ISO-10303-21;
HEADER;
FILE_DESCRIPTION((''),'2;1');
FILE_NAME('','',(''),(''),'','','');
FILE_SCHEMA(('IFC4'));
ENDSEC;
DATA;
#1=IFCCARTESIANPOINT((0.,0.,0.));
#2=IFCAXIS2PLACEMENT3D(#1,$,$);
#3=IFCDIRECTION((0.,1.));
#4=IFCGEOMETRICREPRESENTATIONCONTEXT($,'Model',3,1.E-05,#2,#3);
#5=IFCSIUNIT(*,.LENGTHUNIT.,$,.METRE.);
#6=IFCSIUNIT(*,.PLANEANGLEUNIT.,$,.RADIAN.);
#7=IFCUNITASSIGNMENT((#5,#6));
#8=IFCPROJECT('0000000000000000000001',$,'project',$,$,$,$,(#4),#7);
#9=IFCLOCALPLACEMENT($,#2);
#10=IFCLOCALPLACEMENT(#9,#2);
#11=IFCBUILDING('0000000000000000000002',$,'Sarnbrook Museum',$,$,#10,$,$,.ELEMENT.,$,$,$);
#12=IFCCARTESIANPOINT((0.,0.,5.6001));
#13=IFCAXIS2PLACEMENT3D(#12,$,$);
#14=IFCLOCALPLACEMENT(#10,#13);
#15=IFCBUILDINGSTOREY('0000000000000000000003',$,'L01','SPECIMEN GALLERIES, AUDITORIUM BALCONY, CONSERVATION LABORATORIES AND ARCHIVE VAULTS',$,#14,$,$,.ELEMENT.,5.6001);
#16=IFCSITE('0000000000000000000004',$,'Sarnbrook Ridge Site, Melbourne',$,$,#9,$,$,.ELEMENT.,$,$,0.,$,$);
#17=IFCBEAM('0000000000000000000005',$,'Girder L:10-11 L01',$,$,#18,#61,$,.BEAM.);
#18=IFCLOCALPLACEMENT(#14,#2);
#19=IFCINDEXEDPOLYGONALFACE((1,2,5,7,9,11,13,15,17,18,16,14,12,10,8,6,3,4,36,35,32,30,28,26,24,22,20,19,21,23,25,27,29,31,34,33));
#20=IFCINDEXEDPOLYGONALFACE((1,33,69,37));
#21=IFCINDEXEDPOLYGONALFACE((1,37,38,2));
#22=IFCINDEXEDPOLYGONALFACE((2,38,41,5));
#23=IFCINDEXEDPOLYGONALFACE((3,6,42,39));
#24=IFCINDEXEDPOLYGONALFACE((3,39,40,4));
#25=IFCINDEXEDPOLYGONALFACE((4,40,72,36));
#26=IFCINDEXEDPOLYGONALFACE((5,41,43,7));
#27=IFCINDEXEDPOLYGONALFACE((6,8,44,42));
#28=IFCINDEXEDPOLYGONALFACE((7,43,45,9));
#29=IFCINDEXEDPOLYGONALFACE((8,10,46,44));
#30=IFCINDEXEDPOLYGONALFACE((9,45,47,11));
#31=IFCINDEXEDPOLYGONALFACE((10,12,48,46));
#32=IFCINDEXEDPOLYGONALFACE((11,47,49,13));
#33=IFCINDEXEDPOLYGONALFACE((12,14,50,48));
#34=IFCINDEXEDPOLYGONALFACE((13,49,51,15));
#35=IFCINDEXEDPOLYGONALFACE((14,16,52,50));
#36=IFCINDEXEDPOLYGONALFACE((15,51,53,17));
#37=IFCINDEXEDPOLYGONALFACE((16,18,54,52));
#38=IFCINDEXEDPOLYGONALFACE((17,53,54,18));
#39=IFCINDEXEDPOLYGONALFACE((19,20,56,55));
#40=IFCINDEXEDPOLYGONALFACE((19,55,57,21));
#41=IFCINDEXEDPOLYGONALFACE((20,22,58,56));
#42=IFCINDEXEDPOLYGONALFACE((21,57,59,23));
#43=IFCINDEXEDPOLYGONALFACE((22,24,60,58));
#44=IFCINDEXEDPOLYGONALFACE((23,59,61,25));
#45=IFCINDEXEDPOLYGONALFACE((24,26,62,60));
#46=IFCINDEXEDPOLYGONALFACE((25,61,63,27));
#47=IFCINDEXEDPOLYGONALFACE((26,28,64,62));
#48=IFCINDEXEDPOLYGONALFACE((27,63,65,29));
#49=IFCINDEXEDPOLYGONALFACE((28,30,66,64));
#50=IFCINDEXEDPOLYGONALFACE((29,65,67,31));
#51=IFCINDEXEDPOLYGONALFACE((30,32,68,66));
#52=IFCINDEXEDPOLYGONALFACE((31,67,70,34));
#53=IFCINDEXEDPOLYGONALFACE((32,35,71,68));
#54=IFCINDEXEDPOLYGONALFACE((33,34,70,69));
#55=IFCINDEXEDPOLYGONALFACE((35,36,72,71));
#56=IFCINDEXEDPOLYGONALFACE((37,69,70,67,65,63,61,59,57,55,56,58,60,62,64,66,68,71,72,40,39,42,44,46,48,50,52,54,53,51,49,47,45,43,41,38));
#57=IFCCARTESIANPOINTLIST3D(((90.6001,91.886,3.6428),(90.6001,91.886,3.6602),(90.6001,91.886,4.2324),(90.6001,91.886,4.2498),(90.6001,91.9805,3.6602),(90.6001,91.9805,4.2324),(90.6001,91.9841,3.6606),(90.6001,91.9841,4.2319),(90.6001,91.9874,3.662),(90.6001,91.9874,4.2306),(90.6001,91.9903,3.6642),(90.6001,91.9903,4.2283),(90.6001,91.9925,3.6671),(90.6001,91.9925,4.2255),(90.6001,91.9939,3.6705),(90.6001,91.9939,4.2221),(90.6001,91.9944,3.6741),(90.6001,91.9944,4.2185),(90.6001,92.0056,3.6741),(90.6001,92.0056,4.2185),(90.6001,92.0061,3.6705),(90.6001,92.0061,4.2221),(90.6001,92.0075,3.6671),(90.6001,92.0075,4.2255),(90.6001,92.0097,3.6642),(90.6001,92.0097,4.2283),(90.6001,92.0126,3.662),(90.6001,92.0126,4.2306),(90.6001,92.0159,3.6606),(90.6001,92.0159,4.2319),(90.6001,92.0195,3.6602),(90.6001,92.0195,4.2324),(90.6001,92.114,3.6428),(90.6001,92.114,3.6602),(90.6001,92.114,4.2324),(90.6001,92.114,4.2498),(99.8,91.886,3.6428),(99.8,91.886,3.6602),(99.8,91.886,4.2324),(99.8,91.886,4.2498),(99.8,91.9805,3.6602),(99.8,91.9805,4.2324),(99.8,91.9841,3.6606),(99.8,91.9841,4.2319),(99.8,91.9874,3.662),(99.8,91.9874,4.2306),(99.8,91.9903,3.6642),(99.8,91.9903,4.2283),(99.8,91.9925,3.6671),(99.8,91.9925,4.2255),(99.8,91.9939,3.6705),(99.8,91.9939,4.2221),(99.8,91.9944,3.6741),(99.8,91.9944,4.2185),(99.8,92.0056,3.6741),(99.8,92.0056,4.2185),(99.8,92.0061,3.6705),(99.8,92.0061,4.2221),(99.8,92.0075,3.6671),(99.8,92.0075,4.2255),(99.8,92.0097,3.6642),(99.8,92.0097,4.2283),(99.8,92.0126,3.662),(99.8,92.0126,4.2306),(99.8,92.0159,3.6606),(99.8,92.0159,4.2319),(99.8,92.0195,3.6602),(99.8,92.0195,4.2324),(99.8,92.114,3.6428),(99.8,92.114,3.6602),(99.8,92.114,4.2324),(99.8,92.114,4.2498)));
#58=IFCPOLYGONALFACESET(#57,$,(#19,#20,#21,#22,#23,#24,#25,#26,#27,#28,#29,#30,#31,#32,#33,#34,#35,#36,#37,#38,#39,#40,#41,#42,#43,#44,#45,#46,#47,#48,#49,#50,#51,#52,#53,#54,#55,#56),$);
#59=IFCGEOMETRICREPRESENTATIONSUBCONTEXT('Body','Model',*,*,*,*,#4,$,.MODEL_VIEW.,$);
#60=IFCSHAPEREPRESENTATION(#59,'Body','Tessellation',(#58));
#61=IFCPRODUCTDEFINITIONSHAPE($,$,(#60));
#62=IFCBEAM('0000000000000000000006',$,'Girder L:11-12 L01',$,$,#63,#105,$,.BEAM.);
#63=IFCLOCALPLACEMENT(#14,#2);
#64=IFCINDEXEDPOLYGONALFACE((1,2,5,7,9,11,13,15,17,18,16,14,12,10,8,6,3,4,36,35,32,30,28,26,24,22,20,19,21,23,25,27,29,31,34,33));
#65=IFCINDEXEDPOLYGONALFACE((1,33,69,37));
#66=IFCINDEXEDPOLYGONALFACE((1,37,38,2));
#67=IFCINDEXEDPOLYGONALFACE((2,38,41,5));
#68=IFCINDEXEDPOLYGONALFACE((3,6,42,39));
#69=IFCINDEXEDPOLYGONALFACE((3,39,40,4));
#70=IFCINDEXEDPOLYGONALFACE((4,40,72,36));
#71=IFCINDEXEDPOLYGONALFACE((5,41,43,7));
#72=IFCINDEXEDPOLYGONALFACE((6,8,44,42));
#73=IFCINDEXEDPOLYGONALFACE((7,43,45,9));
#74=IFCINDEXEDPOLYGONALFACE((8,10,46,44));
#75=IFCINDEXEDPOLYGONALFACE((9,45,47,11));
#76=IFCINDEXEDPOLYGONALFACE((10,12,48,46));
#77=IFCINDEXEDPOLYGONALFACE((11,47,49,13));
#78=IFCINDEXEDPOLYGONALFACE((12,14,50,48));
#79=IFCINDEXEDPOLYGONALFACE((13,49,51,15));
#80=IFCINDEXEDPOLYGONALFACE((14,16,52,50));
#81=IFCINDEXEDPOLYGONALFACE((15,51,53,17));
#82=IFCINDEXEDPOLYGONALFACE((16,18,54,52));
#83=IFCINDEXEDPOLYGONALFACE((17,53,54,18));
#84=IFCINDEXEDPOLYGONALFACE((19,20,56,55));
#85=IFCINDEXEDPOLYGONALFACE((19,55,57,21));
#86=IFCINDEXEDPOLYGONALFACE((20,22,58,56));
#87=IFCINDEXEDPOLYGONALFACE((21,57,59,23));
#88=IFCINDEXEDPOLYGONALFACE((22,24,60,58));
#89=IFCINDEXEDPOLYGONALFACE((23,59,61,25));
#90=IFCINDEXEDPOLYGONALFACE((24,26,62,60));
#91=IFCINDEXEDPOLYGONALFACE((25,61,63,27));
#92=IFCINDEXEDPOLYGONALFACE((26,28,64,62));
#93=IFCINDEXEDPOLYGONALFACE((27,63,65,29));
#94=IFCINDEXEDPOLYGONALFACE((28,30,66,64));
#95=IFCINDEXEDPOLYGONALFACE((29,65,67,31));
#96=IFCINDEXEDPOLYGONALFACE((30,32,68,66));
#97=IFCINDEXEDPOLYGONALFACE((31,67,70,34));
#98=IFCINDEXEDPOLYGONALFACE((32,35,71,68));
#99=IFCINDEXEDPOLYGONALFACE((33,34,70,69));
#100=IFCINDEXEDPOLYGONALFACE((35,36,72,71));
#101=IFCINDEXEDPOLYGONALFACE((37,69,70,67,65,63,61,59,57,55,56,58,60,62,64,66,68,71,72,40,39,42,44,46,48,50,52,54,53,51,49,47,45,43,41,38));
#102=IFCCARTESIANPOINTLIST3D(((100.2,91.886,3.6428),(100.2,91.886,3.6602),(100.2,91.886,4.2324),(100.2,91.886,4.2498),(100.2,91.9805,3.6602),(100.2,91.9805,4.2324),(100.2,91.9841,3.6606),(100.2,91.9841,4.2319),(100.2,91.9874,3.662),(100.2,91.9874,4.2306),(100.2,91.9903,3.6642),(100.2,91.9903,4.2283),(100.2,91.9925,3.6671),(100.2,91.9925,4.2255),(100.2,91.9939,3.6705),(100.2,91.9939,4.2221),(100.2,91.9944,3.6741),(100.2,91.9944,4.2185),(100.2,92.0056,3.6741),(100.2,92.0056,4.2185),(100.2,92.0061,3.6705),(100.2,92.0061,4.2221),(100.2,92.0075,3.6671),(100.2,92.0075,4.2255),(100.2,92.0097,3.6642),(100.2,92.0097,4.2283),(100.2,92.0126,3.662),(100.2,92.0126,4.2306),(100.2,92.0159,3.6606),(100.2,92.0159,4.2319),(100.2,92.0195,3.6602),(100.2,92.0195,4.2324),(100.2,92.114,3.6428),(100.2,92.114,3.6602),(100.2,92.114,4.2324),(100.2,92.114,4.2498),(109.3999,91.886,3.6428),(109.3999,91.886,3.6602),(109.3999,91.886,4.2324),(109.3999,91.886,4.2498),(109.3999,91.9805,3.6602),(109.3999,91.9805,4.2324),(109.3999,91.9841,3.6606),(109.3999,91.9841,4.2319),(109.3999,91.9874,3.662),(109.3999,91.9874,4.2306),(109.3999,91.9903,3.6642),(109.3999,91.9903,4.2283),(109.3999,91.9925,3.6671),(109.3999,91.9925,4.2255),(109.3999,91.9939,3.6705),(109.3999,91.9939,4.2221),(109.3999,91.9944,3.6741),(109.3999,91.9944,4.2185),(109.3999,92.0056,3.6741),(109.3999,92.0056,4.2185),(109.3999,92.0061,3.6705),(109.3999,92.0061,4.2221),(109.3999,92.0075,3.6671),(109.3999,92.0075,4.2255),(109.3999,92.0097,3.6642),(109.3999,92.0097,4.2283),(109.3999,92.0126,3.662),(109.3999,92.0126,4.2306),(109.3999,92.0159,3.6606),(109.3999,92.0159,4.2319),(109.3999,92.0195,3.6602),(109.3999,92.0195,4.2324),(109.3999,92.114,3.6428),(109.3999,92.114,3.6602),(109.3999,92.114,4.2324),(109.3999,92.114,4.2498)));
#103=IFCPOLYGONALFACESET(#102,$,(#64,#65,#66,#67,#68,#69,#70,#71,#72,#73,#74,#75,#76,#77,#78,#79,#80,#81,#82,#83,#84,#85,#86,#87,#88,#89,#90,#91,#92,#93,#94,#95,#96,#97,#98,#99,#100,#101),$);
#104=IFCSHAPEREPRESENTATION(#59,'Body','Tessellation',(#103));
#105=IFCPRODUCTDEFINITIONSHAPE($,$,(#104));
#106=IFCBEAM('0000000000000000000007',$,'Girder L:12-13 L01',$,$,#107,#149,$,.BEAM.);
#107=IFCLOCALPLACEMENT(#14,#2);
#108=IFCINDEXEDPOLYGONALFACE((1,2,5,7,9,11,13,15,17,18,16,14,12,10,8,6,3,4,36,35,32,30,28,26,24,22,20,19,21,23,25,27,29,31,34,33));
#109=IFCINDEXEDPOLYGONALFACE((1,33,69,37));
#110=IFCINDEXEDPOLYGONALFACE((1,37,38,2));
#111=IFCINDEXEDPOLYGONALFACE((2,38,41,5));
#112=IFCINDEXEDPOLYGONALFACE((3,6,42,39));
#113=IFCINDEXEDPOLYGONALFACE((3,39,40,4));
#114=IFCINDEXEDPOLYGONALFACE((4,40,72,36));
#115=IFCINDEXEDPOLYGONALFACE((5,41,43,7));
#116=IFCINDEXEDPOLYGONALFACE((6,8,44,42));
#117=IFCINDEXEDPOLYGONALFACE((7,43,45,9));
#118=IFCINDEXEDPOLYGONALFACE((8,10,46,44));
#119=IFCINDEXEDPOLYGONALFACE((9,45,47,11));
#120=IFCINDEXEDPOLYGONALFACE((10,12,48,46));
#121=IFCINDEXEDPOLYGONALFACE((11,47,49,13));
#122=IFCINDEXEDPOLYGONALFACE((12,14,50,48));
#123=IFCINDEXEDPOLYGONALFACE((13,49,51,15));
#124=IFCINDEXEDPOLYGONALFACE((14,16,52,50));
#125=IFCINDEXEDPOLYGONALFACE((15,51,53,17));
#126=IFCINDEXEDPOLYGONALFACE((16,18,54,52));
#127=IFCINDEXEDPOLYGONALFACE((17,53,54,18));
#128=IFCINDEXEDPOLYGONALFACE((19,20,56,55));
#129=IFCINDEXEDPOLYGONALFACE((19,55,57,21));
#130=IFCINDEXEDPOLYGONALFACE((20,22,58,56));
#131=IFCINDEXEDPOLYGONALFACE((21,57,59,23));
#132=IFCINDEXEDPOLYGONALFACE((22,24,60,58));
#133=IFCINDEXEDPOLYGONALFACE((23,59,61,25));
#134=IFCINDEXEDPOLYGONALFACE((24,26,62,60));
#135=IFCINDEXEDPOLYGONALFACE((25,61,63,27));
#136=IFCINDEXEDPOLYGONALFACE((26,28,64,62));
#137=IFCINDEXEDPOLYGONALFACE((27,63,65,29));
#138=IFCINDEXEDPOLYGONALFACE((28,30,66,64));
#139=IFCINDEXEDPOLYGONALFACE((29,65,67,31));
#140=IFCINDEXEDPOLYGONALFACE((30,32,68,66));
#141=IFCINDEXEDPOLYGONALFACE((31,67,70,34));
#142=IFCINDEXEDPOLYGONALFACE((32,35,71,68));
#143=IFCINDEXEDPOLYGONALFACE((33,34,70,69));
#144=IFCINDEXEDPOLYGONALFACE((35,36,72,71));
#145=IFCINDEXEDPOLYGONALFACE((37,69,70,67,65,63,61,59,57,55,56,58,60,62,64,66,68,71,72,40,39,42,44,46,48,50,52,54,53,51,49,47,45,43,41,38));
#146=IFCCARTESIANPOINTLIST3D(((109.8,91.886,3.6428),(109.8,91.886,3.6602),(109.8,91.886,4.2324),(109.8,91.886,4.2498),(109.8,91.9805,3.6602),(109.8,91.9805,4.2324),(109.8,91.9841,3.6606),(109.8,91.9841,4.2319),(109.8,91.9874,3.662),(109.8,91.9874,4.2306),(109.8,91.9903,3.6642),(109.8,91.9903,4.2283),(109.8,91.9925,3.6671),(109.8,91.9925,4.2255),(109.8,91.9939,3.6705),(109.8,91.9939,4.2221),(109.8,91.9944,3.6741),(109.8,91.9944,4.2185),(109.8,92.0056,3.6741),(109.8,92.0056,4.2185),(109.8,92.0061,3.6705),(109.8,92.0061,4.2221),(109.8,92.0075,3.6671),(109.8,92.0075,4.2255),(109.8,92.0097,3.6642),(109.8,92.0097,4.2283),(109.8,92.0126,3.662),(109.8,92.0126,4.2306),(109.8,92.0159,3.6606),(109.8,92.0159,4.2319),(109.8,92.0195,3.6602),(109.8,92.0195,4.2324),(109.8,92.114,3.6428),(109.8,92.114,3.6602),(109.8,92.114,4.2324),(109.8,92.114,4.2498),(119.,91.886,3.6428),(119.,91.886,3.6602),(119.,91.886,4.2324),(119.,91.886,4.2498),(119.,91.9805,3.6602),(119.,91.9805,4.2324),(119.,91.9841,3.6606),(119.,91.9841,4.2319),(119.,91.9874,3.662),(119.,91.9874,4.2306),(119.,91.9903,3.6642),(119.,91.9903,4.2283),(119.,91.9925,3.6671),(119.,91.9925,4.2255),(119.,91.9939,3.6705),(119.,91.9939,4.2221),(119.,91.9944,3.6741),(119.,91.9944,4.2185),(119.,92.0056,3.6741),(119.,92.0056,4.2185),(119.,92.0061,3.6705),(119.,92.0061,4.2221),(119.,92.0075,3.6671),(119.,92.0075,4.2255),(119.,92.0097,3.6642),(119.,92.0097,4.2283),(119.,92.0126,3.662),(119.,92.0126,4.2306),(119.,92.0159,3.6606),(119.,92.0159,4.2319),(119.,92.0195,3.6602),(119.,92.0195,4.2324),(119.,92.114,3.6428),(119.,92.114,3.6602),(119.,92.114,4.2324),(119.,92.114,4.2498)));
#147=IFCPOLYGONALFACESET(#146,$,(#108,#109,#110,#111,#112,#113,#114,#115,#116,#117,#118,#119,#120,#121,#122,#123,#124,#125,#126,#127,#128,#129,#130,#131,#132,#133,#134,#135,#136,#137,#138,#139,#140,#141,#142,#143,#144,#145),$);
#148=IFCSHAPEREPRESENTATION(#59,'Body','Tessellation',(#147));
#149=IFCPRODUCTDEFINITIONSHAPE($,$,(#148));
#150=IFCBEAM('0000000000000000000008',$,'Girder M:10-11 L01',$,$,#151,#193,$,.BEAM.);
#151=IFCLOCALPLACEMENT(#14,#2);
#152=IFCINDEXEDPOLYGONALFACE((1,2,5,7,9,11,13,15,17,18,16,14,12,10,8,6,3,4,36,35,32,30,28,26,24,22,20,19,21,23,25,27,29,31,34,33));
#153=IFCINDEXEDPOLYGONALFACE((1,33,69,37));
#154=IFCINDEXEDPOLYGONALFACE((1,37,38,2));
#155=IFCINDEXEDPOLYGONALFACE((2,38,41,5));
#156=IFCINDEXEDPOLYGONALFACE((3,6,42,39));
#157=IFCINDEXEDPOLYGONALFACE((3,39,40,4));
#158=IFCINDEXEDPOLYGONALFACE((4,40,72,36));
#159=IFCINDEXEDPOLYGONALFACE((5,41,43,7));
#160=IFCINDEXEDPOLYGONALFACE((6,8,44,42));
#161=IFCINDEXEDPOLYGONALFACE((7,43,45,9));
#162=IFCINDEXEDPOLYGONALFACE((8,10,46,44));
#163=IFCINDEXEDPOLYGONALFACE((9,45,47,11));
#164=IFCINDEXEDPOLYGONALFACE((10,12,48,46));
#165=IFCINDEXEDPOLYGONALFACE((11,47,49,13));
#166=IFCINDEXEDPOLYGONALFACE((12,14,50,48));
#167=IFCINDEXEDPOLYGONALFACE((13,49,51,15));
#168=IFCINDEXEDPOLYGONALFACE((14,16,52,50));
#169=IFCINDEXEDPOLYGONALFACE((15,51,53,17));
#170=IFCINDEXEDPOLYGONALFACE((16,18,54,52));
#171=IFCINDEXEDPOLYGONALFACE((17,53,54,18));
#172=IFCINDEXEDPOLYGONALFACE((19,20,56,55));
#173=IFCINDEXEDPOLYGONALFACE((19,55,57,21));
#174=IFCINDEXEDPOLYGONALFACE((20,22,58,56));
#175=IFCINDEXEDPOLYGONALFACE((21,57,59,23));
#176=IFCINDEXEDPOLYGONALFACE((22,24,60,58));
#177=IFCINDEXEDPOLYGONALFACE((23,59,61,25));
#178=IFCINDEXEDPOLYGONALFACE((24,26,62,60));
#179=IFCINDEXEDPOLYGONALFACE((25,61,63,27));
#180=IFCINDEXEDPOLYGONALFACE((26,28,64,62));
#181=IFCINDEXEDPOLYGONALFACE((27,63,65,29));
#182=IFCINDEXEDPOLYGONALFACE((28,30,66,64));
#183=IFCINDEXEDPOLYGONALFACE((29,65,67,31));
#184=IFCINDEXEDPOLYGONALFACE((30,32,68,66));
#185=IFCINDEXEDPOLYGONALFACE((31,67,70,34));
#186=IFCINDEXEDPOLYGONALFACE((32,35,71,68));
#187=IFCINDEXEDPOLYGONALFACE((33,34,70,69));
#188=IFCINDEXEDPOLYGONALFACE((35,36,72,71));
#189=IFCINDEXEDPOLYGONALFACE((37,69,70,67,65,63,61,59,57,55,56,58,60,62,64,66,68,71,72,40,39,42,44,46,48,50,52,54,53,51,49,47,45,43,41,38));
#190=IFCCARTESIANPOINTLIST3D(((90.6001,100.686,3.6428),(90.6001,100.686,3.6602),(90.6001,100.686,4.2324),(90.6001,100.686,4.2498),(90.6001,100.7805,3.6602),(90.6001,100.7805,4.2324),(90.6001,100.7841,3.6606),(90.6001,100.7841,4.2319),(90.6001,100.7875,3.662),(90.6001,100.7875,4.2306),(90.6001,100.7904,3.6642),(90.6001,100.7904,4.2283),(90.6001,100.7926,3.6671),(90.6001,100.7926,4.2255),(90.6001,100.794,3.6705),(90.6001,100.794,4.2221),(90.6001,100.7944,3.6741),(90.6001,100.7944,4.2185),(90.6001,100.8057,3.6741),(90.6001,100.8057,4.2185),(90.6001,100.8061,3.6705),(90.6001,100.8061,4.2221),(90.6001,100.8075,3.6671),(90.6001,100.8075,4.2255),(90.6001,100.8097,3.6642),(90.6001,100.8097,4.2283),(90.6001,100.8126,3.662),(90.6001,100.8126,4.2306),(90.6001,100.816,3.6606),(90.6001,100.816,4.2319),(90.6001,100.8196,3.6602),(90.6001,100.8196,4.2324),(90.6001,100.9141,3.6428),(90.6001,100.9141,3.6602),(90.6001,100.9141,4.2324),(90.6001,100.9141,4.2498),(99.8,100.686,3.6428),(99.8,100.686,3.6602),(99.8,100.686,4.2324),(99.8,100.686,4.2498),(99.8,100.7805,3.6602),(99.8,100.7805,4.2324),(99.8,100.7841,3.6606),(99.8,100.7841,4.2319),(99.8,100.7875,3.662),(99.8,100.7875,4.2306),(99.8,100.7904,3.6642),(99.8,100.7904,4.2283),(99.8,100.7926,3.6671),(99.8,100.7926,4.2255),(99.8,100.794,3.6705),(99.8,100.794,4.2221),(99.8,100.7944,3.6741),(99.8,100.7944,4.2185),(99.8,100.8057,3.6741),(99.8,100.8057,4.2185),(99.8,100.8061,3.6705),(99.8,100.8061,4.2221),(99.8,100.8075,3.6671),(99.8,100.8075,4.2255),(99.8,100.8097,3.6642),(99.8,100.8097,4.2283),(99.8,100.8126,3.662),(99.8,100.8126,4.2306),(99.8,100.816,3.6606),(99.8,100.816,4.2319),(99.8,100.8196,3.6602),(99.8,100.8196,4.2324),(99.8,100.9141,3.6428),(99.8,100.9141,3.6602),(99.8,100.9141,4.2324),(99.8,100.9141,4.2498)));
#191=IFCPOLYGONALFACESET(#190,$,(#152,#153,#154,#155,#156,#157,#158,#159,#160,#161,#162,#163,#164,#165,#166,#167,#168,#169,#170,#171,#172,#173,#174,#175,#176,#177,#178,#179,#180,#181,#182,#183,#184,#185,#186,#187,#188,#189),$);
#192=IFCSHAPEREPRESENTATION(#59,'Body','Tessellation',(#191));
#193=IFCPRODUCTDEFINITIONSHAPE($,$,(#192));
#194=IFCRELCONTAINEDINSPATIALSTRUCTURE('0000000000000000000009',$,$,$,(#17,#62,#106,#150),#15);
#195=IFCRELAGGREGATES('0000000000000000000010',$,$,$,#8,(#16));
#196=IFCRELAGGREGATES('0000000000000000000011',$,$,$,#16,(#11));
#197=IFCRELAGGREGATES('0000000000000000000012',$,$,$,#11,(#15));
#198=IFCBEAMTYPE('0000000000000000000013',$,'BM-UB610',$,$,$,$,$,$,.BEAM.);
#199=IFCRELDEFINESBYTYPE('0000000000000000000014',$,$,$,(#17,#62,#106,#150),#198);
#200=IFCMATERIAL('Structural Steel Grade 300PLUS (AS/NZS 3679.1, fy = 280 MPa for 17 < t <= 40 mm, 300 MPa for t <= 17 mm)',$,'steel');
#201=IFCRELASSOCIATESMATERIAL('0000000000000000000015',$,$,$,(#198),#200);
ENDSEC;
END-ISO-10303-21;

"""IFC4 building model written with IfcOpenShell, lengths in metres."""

from ifc_helpers import new_model, si_unit, direction, frame, origin, origin_2d, place, context, subcontext, project, spatial, i_section, extrude, material, material_profile, profile_set, type_object, element, save


model = new_model("IFC4")

# Units and contexts
model_context = context("Model", 3, precision=1e-05, world=origin(), true_north=direction((0.0, 1.0)))
body_context = subcontext(model_context, "Body", "Model", "MODEL_VIEW")
ifc_project = project(units=[si_unit("LENGTHUNIT", "METRE"), si_unit("PLANEANGLEUNIT", "RADIAN")], contexts=[model_context])

# Site, building, storey
site_placement = place(None, origin())
site = spatial("IfcSite", under=ifc_project, at=site_placement, Name="Sarnbrook Ridge Site, Melbourne", CompositionType="ELEMENT", RefElevation=0.0)
building_placement = place(site_placement, origin())
building = spatial("IfcBuilding", under=site, at=building_placement, Name="Sarnbrook Museum", CompositionType="ELEMENT")
storey_placement = place(building_placement, frame((0.0, 0.0, 5.6001)))
storey = spatial("IfcBuildingStorey", under=building, at=storey_placement, Name="L01", Description="SPECIMEN GALLERIES, AUDITORIUM BALCONY, CONSERVATION LABORATORIES AND ARCHIVE VAULTS", CompositionType="ELEMENT", Elevation=5.6001)

# Beams
ifc_material_1 = material(Name="Structural Steel Grade 300PLUS (AS/NZS 3679.1, fy = 280 MPa for 17 < t <= 40 mm, 300 MPa for t <= 17 mm)", Category="steel")
ifc_material_profile_1 = material_profile(ifc_material_1, i_section(OverallWidth=0.228, OverallDepth=0.6069, WebThickness=0.0112, FlangeThickness=0.0173, FilletRadius=0.0139, at=origin_2d()), Name="610UB113")
ifc_profile_set_1 = profile_set([ifc_material_profile_1], Name="Structural Steel Grade 300PLUS (AS/NZS 3679.1, fy = 280 MPa for 17 < t <= 40 mm, 300 MPa for t <= 17 mm)")
beam_type_1 = type_object("IfcBeamType", Name="BM-UB610", PredefinedType="BEAM", material=ifc_profile_set_1)
for number, where, z_axis, x_axis, name in (
    (1, (90.6001, 92.0, 3.9463), (1.0, 0.0, 0.0), (0.0, 1.0, 0.0), "Girder L:10-11 L01"),
    (2, (100.2, 92.0, 3.9463), (1.0, 0.0, 0.0), (0.0, 1.0, 0.0), "Girder L:11-12 L01"),
    (3, (109.8, 92.0, 3.9463), (1.0, 0.0, 0.0), (0.0, 1.0, 0.0), "Girder L:12-13 L01"),
    (4, (90.6001, 100.8, 3.9463), (1.0, 0.0, 0.0), (0.0, 1.0, 0.0), "Girder M:10-11 L01"),
):
    element("IfcBeam", number, at=place(storey_placement, frame(where, z_axis=z_axis, x_axis=x_axis)), inside=storey, type_object=beam_type_1, Name=name, PredefinedType="BEAM", context=body_context, shape_type="SweptSolid", body=[
        extrude(i_section(OverallWidth=0.228, OverallDepth=0.6069, WebThickness=0.0112, FlangeThickness=0.0173, FilletRadius=0.0139, at=origin_2d()), origin(), (0.0, 0.0, 1.0), 9.2),
    ])

save(model, "model.ifc")
